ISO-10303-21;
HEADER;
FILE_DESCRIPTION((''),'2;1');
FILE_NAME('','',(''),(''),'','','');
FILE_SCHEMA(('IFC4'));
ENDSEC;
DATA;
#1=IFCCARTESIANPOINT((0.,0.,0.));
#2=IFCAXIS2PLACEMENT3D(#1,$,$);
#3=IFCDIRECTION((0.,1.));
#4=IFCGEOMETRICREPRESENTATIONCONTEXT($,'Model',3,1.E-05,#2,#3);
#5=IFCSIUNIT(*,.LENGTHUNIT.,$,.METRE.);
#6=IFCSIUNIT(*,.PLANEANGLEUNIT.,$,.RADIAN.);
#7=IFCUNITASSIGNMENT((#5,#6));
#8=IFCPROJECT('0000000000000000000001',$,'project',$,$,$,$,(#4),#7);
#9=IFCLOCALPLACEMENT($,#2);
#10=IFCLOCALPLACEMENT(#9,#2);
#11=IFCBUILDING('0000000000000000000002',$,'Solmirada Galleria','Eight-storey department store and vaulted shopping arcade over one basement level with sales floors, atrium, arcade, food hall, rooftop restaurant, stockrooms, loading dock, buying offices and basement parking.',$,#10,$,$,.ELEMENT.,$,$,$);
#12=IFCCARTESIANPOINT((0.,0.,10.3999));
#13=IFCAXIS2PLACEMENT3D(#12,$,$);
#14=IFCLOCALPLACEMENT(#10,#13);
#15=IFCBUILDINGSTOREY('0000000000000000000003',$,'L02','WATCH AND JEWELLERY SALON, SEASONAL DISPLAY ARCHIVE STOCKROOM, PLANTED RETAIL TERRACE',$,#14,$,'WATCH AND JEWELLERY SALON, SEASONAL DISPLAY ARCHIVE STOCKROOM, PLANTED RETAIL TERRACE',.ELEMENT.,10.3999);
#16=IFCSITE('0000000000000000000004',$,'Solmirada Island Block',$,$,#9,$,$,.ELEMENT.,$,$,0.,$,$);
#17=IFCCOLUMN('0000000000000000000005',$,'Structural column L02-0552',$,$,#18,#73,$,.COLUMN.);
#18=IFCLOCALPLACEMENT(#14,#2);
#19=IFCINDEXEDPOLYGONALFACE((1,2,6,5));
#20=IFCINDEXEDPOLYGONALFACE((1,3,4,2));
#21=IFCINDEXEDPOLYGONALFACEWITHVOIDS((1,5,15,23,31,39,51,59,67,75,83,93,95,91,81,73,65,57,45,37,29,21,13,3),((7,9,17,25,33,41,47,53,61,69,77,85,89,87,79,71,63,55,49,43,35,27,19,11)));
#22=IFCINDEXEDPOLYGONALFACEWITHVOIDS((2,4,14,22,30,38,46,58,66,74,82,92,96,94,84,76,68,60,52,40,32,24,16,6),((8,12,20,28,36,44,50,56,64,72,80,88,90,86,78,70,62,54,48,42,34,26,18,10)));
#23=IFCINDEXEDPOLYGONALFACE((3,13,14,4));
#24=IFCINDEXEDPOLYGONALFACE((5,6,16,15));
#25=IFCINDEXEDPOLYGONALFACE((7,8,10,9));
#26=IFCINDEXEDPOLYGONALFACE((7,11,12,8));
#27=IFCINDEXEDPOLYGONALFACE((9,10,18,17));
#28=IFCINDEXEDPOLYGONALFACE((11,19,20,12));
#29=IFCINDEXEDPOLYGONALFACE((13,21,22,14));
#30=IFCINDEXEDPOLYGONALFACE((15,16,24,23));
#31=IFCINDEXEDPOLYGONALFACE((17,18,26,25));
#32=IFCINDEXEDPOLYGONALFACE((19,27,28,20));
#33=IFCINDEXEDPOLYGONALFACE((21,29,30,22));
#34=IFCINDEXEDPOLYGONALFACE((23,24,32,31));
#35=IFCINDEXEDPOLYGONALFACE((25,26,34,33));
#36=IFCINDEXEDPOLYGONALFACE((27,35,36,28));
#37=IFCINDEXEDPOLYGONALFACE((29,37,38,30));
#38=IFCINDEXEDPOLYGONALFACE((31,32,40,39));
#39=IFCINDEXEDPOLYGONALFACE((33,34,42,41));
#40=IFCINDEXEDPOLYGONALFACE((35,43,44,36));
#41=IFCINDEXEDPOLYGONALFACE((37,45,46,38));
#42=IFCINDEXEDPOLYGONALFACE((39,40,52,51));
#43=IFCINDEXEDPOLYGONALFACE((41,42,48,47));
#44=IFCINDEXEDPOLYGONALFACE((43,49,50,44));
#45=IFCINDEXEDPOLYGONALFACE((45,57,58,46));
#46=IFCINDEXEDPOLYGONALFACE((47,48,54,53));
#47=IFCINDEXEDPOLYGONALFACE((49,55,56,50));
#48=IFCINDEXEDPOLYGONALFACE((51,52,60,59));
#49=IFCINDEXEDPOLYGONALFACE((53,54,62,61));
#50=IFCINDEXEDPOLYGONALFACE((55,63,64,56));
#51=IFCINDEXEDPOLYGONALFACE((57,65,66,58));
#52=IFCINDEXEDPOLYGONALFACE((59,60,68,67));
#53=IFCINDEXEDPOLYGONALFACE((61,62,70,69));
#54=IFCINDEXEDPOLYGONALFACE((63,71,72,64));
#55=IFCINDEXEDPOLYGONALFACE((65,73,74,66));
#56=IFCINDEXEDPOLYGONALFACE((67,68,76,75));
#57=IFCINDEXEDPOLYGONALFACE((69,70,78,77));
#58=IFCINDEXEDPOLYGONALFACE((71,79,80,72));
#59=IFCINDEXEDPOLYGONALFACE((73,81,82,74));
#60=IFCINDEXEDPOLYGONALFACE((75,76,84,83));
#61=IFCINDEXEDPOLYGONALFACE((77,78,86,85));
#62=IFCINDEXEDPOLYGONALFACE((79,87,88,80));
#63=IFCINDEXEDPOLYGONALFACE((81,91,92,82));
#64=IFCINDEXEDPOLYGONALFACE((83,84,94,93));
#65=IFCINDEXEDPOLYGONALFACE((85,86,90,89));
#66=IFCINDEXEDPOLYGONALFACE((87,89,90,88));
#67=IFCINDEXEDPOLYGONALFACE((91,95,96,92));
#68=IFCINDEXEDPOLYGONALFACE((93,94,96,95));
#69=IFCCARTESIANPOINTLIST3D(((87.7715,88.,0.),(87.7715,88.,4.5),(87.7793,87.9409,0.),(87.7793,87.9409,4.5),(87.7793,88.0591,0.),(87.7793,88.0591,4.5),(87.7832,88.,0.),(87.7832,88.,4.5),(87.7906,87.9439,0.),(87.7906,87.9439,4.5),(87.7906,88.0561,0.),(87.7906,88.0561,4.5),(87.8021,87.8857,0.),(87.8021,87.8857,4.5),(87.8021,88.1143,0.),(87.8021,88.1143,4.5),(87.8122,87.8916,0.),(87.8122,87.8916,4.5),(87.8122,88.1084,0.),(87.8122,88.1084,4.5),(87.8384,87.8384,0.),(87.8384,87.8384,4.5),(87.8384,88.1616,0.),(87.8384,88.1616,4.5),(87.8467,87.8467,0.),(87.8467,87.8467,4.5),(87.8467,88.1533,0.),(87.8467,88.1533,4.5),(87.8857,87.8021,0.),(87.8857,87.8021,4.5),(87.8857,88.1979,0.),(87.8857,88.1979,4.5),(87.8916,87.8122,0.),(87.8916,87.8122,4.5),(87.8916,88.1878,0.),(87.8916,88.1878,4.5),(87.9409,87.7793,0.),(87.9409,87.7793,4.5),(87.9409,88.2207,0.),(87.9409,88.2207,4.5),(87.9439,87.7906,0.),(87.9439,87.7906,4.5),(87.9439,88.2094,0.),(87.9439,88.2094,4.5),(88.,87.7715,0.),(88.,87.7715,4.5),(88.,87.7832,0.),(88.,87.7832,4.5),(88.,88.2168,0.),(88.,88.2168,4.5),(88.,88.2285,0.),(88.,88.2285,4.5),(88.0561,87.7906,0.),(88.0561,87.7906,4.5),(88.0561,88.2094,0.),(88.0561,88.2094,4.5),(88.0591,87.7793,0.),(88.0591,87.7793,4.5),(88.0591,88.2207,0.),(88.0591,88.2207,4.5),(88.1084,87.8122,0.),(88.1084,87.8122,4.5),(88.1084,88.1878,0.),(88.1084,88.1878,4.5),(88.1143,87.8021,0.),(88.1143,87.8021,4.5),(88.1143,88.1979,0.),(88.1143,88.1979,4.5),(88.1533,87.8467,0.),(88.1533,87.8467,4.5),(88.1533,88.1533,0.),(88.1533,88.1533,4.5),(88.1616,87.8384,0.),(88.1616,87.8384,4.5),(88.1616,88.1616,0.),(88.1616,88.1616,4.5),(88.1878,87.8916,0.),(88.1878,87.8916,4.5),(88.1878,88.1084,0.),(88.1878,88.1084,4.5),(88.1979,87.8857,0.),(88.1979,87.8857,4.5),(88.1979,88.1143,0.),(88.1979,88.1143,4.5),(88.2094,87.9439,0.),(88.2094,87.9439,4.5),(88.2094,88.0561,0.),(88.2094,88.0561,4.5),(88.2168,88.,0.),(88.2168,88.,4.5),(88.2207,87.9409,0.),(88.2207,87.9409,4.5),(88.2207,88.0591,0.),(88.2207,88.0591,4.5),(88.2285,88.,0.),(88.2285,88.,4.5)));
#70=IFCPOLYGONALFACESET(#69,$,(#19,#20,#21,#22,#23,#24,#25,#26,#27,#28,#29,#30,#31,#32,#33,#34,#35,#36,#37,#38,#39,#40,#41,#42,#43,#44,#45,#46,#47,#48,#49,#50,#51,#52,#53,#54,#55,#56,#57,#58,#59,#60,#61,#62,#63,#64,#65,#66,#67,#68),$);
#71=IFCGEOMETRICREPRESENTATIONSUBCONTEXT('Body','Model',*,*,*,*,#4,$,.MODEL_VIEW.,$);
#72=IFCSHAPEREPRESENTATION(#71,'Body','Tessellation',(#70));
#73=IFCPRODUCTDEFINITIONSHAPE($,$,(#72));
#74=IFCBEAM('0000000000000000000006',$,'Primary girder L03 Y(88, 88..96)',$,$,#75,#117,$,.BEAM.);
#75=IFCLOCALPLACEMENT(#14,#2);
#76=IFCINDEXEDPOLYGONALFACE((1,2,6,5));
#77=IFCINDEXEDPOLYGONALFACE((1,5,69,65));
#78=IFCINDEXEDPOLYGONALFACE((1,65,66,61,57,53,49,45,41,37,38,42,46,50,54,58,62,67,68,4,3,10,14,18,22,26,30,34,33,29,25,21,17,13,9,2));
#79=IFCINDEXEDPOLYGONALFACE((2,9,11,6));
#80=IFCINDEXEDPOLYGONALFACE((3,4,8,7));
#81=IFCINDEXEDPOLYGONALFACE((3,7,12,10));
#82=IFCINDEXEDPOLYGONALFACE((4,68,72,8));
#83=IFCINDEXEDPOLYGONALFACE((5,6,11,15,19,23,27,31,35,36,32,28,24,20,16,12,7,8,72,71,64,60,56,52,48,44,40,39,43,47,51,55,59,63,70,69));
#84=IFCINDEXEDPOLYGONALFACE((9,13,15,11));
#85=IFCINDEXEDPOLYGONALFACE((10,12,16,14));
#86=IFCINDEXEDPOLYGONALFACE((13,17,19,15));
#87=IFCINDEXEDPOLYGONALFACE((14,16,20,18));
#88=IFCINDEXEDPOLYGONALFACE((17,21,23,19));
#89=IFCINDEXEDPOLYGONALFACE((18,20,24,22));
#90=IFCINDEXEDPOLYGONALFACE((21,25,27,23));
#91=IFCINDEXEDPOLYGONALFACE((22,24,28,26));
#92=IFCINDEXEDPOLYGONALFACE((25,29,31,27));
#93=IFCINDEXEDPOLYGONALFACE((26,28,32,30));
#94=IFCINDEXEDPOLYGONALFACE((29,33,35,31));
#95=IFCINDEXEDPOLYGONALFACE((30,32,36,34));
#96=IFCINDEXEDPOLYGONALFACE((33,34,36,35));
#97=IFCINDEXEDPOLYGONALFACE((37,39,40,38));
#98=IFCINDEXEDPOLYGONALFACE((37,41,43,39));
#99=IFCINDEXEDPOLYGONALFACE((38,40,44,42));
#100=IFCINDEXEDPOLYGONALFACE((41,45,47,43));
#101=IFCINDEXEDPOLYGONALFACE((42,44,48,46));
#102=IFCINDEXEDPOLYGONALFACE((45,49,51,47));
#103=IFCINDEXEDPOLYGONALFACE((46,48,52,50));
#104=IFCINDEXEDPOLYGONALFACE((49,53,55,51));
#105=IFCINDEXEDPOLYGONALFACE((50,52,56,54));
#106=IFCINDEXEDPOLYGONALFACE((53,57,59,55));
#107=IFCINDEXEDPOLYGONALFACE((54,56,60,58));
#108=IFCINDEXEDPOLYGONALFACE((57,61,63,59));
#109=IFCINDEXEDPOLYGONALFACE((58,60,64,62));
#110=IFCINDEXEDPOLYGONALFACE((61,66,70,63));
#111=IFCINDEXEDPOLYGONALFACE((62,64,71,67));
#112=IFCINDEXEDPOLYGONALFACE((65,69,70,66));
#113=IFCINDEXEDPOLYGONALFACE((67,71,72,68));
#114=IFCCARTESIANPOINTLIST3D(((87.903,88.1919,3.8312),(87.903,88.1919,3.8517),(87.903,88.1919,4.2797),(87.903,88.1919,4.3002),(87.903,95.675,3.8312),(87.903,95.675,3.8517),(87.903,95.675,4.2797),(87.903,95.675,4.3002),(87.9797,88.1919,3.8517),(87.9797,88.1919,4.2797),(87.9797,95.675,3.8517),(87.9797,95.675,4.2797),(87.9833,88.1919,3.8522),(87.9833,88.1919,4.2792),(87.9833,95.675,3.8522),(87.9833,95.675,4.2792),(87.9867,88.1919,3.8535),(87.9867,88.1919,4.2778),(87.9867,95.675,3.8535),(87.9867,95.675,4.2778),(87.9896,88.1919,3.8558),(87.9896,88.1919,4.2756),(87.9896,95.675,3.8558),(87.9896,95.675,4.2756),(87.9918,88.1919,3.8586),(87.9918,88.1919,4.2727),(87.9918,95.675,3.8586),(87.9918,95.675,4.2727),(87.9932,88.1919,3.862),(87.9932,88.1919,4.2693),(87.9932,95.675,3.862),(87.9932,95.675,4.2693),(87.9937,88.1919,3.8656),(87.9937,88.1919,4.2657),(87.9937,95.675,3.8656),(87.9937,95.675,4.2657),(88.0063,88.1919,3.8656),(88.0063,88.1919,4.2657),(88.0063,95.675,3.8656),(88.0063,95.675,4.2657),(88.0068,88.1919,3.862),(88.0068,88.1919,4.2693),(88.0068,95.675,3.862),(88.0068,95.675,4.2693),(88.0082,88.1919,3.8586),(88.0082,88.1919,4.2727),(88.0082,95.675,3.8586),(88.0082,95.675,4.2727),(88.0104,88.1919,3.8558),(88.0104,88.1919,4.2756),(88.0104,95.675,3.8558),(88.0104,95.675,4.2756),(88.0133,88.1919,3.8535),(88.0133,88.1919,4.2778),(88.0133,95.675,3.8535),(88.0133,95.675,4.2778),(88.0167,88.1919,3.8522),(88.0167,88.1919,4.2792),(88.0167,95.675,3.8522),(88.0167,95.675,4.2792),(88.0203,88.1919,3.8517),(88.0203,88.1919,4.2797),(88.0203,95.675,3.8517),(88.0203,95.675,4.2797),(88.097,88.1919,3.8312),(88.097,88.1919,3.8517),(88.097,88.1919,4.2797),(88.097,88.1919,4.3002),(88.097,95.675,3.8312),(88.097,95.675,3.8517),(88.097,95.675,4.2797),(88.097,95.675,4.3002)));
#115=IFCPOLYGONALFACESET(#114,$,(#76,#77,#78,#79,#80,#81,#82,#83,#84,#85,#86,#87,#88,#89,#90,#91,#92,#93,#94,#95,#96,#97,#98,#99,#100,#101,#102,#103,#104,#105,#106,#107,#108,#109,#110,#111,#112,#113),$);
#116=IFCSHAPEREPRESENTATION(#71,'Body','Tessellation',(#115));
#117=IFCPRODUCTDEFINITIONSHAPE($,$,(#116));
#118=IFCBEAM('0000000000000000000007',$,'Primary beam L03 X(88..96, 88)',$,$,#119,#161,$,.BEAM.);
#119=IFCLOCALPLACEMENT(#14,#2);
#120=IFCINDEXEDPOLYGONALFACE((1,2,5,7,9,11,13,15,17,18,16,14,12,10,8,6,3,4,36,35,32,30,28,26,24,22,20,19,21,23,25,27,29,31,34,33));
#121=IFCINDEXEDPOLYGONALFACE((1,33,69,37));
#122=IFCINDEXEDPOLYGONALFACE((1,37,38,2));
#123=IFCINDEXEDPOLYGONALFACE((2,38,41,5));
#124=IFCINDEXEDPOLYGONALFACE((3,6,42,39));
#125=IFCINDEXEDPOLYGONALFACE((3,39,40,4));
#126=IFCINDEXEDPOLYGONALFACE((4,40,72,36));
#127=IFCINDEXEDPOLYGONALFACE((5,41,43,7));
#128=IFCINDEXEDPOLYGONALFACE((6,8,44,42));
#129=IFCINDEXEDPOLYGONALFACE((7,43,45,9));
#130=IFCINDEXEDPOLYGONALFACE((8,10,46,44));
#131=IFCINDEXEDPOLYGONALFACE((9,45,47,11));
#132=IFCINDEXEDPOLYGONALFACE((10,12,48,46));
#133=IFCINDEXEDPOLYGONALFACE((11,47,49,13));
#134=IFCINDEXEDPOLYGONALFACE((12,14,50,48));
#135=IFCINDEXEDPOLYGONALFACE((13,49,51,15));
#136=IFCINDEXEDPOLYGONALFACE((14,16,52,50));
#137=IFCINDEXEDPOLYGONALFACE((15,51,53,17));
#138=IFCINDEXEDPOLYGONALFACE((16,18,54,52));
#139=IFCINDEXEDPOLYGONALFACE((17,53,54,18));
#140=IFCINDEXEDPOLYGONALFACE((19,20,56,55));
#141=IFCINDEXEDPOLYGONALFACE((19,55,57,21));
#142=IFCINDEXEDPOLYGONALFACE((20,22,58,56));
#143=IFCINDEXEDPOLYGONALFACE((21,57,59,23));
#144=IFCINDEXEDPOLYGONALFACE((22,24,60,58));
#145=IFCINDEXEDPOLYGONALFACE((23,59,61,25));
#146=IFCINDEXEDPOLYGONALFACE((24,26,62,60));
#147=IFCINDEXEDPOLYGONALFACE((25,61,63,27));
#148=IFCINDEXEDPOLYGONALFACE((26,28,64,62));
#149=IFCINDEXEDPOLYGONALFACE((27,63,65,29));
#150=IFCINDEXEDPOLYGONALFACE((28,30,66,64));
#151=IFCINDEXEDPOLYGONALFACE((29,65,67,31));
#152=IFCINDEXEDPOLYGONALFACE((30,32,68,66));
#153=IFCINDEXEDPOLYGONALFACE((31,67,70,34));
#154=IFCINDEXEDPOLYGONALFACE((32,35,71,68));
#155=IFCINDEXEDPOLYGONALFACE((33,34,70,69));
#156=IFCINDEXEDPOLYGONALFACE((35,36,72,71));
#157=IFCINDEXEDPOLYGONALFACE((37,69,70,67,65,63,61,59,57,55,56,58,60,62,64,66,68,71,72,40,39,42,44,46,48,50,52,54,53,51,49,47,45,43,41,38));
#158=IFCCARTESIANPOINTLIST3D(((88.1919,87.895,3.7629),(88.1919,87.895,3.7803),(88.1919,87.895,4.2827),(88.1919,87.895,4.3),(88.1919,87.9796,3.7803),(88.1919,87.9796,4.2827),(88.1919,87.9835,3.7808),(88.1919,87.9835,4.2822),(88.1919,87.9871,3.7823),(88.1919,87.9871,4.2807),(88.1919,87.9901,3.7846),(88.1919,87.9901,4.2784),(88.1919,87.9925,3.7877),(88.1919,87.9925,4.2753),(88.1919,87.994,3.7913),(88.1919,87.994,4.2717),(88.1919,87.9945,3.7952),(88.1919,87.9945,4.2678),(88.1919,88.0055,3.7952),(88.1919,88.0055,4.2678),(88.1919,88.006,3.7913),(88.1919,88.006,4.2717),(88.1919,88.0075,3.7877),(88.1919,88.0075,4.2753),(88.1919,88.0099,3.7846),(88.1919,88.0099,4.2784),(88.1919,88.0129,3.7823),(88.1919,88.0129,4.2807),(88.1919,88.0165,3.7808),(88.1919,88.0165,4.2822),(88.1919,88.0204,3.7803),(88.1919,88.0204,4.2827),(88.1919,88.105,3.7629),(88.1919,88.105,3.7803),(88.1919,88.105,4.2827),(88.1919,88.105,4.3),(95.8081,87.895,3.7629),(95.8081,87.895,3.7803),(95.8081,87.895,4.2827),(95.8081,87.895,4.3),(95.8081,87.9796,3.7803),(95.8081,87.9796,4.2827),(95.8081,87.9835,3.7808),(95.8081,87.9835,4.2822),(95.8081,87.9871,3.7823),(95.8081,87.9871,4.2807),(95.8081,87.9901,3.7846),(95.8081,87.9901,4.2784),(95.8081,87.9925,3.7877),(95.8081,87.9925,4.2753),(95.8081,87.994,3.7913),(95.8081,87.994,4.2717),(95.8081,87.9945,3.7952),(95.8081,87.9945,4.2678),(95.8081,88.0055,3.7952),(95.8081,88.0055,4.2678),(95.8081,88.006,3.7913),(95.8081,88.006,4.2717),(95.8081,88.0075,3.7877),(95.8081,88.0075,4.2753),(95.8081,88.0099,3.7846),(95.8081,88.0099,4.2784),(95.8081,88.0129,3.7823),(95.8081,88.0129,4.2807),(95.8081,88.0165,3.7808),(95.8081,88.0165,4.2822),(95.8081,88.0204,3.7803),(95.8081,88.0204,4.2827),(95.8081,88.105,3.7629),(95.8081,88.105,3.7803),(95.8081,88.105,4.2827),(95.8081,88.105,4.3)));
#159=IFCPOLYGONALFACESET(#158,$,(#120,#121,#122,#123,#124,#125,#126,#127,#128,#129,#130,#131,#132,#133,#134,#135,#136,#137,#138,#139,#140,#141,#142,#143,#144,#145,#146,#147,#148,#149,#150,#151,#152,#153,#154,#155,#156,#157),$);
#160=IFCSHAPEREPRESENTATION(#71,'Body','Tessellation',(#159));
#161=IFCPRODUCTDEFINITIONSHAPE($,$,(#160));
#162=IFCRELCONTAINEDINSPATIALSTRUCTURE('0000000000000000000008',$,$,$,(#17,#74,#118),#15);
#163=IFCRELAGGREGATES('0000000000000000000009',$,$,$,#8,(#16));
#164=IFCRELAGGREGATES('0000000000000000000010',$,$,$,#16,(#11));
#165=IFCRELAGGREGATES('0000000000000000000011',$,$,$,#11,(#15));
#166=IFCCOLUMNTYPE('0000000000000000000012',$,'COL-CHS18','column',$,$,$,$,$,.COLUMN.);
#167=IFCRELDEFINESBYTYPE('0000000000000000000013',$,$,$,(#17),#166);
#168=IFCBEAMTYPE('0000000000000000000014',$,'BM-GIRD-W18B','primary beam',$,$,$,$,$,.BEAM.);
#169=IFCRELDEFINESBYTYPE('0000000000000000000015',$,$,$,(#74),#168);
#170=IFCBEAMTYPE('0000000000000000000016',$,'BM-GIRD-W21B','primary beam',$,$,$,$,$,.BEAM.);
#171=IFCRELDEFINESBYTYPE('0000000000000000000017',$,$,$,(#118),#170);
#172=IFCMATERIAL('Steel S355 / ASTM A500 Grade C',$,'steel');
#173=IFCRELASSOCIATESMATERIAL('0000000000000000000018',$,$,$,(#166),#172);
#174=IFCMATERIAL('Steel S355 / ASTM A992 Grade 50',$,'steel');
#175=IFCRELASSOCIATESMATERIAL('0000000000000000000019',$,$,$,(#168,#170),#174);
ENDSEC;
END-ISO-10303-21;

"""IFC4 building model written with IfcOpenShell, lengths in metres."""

from ifc_helpers import new_model, si_unit, direction, frame, origin, origin_2d, place, context, subcontext, project, spatial, hollow_circle, i_section, extrude, material, material_profile, profile_set, type_object, element, save


model = new_model("IFC4")

# Units and contexts
model_context = context("Model", 3, precision=1e-05, world=origin(), true_north=direction((0.0, 1.0)))
body_context = subcontext(model_context, "Body", "Model", "MODEL_VIEW")
ifc_project = project(units=[si_unit("LENGTHUNIT", "METRE"), si_unit("PLANEANGLEUNIT", "RADIAN")], contexts=[model_context])

# Site, building, storey
site_placement = place(None, origin())
site = spatial("IfcSite", under=ifc_project, at=site_placement, Name="Solmirada Island Block", CompositionType="ELEMENT", RefElevation=0.0)
building_placement = place(site_placement, origin())
building = spatial("IfcBuilding", under=site, at=building_placement, Name="Solmirada Galleria", Description="Eight-storey department store and vaulted shopping arcade over one basement level with sales floors, atrium, arcade, food hall, rooftop restaurant, stockrooms, loading dock, buying offices and basement parking.", CompositionType="ELEMENT")
storey_placement = place(building_placement, frame((0.0, 0.0, 10.3999)))
storey = spatial("IfcBuildingStorey", under=building, at=storey_placement, Name="L02", Description="WATCH AND JEWELLERY SALON, SEASONAL DISPLAY ARCHIVE STOCKROOM, PLANTED RETAIL TERRACE", LongName="WATCH AND JEWELLERY SALON, SEASONAL DISPLAY ARCHIVE STOCKROOM, PLANTED RETAIL TERRACE", CompositionType="ELEMENT", Elevation=10.3999)

# Column
ifc_material_1 = material(Name="Steel S355 / ASTM A500 Grade C", Category="steel")
ifc_material_profile_1 = material_profile(ifc_material_1, hollow_circle(Radius=0.2285, WallThickness=0.0117, at=origin_2d()), Name="HSS18.000X0.500")
ifc_profile_set_1 = profile_set([ifc_material_profile_1], Name="Steel S355 / ASTM A500 Grade C")
column_type = type_object("IfcColumnType", Name="COL-CHS18", Description="column", PredefinedType="COLUMN", material=ifc_profile_set_1)
column_placement = place(storey_placement, frame((88.0, 88.0, 0.0), z_axis=(0.0, 0.0, 1.0), x_axis=(1.0, 0.0, 0.0)))
element("IfcColumn", 1, at=column_placement, inside=storey, type_object=column_type, Name="Structural column L02-0552", PredefinedType="COLUMN", context=body_context, shape_type="SweptSolid", body=[
    extrude(hollow_circle(Radius=0.2285, WallThickness=0.0117, at=origin_2d()), origin(), (0.0, 0.0, 1.0), 4.5),
])

# Beams
ifc_material_2 = material(Name="Steel S355 / ASTM A992 Grade 50", Category="steel")
ifc_material_profile_2 = material_profile(ifc_material_2, i_section(OverallWidth=0.1941, OverallDepth=0.469, WebThickness=0.0127, FlangeThickness=0.0205, FilletRadius=0.0139, at=origin_2d()), Name="W18X71")
ifc_profile_set_2 = profile_set([ifc_material_profile_2], Name="Steel S355 / ASTM A992 Grade 50")
beam_type_1 = type_object("IfcBeamType", Name="BM-GIRD-W18B", Description="primary beam", PredefinedType="BEAM", material=ifc_profile_set_2)
beam_1_placement = place(storey_placement, frame((88.0, 88.1919, 4.0657), z_axis=(0.0, 1.0, 0.0), x_axis=(-1.0, 0.0, 0.0)))
element("IfcBeam", 2, at=beam_1_placement, inside=storey, type_object=beam_type_1, Name="Primary girder L03 Y(88, 88..96)", PredefinedType="BEAM", context=body_context, shape_type="SweptSolid", body=[
    extrude(i_section(OverallWidth=0.1941, OverallDepth=0.469, WebThickness=0.0127, FlangeThickness=0.0205, FilletRadius=0.0139, at=origin_2d()), origin(), (0.0, 0.0, 1.0), 7.4832),
])
ifc_material_profile_3 = material_profile(ifc_material_2, i_section(OverallWidth=0.21, OverallDepth=0.5371, WebThickness=0.011, FlangeThickness=0.0173, FilletRadius=0.0149, at=origin_2d()), Name="W21X68")
ifc_profile_set_3 = profile_set([ifc_material_profile_3], Name="Steel S355 / ASTM A992 Grade 50")
beam_type_2 = type_object("IfcBeamType", Name="BM-GIRD-W21B", Description="primary beam", PredefinedType="BEAM", material=ifc_profile_set_3)
beam_2_placement = place(storey_placement, frame((88.1919, 88.0, 4.0315), z_axis=(1.0, 0.0, 0.0), x_axis=(0.0, 1.0, 0.0)))
element("IfcBeam", 3, at=beam_2_placement, inside=storey, type_object=beam_type_2, Name="Primary beam L03 X(88..96, 88)", PredefinedType="BEAM", context=body_context, shape_type="SweptSolid", body=[
    extrude(i_section(OverallWidth=0.21, OverallDepth=0.5371, WebThickness=0.011, FlangeThickness=0.0173, FilletRadius=0.0149, at=origin_2d()), origin(), (0.0, 0.0, 1.0), 7.6162),
])

save(model, "model.ifc")
